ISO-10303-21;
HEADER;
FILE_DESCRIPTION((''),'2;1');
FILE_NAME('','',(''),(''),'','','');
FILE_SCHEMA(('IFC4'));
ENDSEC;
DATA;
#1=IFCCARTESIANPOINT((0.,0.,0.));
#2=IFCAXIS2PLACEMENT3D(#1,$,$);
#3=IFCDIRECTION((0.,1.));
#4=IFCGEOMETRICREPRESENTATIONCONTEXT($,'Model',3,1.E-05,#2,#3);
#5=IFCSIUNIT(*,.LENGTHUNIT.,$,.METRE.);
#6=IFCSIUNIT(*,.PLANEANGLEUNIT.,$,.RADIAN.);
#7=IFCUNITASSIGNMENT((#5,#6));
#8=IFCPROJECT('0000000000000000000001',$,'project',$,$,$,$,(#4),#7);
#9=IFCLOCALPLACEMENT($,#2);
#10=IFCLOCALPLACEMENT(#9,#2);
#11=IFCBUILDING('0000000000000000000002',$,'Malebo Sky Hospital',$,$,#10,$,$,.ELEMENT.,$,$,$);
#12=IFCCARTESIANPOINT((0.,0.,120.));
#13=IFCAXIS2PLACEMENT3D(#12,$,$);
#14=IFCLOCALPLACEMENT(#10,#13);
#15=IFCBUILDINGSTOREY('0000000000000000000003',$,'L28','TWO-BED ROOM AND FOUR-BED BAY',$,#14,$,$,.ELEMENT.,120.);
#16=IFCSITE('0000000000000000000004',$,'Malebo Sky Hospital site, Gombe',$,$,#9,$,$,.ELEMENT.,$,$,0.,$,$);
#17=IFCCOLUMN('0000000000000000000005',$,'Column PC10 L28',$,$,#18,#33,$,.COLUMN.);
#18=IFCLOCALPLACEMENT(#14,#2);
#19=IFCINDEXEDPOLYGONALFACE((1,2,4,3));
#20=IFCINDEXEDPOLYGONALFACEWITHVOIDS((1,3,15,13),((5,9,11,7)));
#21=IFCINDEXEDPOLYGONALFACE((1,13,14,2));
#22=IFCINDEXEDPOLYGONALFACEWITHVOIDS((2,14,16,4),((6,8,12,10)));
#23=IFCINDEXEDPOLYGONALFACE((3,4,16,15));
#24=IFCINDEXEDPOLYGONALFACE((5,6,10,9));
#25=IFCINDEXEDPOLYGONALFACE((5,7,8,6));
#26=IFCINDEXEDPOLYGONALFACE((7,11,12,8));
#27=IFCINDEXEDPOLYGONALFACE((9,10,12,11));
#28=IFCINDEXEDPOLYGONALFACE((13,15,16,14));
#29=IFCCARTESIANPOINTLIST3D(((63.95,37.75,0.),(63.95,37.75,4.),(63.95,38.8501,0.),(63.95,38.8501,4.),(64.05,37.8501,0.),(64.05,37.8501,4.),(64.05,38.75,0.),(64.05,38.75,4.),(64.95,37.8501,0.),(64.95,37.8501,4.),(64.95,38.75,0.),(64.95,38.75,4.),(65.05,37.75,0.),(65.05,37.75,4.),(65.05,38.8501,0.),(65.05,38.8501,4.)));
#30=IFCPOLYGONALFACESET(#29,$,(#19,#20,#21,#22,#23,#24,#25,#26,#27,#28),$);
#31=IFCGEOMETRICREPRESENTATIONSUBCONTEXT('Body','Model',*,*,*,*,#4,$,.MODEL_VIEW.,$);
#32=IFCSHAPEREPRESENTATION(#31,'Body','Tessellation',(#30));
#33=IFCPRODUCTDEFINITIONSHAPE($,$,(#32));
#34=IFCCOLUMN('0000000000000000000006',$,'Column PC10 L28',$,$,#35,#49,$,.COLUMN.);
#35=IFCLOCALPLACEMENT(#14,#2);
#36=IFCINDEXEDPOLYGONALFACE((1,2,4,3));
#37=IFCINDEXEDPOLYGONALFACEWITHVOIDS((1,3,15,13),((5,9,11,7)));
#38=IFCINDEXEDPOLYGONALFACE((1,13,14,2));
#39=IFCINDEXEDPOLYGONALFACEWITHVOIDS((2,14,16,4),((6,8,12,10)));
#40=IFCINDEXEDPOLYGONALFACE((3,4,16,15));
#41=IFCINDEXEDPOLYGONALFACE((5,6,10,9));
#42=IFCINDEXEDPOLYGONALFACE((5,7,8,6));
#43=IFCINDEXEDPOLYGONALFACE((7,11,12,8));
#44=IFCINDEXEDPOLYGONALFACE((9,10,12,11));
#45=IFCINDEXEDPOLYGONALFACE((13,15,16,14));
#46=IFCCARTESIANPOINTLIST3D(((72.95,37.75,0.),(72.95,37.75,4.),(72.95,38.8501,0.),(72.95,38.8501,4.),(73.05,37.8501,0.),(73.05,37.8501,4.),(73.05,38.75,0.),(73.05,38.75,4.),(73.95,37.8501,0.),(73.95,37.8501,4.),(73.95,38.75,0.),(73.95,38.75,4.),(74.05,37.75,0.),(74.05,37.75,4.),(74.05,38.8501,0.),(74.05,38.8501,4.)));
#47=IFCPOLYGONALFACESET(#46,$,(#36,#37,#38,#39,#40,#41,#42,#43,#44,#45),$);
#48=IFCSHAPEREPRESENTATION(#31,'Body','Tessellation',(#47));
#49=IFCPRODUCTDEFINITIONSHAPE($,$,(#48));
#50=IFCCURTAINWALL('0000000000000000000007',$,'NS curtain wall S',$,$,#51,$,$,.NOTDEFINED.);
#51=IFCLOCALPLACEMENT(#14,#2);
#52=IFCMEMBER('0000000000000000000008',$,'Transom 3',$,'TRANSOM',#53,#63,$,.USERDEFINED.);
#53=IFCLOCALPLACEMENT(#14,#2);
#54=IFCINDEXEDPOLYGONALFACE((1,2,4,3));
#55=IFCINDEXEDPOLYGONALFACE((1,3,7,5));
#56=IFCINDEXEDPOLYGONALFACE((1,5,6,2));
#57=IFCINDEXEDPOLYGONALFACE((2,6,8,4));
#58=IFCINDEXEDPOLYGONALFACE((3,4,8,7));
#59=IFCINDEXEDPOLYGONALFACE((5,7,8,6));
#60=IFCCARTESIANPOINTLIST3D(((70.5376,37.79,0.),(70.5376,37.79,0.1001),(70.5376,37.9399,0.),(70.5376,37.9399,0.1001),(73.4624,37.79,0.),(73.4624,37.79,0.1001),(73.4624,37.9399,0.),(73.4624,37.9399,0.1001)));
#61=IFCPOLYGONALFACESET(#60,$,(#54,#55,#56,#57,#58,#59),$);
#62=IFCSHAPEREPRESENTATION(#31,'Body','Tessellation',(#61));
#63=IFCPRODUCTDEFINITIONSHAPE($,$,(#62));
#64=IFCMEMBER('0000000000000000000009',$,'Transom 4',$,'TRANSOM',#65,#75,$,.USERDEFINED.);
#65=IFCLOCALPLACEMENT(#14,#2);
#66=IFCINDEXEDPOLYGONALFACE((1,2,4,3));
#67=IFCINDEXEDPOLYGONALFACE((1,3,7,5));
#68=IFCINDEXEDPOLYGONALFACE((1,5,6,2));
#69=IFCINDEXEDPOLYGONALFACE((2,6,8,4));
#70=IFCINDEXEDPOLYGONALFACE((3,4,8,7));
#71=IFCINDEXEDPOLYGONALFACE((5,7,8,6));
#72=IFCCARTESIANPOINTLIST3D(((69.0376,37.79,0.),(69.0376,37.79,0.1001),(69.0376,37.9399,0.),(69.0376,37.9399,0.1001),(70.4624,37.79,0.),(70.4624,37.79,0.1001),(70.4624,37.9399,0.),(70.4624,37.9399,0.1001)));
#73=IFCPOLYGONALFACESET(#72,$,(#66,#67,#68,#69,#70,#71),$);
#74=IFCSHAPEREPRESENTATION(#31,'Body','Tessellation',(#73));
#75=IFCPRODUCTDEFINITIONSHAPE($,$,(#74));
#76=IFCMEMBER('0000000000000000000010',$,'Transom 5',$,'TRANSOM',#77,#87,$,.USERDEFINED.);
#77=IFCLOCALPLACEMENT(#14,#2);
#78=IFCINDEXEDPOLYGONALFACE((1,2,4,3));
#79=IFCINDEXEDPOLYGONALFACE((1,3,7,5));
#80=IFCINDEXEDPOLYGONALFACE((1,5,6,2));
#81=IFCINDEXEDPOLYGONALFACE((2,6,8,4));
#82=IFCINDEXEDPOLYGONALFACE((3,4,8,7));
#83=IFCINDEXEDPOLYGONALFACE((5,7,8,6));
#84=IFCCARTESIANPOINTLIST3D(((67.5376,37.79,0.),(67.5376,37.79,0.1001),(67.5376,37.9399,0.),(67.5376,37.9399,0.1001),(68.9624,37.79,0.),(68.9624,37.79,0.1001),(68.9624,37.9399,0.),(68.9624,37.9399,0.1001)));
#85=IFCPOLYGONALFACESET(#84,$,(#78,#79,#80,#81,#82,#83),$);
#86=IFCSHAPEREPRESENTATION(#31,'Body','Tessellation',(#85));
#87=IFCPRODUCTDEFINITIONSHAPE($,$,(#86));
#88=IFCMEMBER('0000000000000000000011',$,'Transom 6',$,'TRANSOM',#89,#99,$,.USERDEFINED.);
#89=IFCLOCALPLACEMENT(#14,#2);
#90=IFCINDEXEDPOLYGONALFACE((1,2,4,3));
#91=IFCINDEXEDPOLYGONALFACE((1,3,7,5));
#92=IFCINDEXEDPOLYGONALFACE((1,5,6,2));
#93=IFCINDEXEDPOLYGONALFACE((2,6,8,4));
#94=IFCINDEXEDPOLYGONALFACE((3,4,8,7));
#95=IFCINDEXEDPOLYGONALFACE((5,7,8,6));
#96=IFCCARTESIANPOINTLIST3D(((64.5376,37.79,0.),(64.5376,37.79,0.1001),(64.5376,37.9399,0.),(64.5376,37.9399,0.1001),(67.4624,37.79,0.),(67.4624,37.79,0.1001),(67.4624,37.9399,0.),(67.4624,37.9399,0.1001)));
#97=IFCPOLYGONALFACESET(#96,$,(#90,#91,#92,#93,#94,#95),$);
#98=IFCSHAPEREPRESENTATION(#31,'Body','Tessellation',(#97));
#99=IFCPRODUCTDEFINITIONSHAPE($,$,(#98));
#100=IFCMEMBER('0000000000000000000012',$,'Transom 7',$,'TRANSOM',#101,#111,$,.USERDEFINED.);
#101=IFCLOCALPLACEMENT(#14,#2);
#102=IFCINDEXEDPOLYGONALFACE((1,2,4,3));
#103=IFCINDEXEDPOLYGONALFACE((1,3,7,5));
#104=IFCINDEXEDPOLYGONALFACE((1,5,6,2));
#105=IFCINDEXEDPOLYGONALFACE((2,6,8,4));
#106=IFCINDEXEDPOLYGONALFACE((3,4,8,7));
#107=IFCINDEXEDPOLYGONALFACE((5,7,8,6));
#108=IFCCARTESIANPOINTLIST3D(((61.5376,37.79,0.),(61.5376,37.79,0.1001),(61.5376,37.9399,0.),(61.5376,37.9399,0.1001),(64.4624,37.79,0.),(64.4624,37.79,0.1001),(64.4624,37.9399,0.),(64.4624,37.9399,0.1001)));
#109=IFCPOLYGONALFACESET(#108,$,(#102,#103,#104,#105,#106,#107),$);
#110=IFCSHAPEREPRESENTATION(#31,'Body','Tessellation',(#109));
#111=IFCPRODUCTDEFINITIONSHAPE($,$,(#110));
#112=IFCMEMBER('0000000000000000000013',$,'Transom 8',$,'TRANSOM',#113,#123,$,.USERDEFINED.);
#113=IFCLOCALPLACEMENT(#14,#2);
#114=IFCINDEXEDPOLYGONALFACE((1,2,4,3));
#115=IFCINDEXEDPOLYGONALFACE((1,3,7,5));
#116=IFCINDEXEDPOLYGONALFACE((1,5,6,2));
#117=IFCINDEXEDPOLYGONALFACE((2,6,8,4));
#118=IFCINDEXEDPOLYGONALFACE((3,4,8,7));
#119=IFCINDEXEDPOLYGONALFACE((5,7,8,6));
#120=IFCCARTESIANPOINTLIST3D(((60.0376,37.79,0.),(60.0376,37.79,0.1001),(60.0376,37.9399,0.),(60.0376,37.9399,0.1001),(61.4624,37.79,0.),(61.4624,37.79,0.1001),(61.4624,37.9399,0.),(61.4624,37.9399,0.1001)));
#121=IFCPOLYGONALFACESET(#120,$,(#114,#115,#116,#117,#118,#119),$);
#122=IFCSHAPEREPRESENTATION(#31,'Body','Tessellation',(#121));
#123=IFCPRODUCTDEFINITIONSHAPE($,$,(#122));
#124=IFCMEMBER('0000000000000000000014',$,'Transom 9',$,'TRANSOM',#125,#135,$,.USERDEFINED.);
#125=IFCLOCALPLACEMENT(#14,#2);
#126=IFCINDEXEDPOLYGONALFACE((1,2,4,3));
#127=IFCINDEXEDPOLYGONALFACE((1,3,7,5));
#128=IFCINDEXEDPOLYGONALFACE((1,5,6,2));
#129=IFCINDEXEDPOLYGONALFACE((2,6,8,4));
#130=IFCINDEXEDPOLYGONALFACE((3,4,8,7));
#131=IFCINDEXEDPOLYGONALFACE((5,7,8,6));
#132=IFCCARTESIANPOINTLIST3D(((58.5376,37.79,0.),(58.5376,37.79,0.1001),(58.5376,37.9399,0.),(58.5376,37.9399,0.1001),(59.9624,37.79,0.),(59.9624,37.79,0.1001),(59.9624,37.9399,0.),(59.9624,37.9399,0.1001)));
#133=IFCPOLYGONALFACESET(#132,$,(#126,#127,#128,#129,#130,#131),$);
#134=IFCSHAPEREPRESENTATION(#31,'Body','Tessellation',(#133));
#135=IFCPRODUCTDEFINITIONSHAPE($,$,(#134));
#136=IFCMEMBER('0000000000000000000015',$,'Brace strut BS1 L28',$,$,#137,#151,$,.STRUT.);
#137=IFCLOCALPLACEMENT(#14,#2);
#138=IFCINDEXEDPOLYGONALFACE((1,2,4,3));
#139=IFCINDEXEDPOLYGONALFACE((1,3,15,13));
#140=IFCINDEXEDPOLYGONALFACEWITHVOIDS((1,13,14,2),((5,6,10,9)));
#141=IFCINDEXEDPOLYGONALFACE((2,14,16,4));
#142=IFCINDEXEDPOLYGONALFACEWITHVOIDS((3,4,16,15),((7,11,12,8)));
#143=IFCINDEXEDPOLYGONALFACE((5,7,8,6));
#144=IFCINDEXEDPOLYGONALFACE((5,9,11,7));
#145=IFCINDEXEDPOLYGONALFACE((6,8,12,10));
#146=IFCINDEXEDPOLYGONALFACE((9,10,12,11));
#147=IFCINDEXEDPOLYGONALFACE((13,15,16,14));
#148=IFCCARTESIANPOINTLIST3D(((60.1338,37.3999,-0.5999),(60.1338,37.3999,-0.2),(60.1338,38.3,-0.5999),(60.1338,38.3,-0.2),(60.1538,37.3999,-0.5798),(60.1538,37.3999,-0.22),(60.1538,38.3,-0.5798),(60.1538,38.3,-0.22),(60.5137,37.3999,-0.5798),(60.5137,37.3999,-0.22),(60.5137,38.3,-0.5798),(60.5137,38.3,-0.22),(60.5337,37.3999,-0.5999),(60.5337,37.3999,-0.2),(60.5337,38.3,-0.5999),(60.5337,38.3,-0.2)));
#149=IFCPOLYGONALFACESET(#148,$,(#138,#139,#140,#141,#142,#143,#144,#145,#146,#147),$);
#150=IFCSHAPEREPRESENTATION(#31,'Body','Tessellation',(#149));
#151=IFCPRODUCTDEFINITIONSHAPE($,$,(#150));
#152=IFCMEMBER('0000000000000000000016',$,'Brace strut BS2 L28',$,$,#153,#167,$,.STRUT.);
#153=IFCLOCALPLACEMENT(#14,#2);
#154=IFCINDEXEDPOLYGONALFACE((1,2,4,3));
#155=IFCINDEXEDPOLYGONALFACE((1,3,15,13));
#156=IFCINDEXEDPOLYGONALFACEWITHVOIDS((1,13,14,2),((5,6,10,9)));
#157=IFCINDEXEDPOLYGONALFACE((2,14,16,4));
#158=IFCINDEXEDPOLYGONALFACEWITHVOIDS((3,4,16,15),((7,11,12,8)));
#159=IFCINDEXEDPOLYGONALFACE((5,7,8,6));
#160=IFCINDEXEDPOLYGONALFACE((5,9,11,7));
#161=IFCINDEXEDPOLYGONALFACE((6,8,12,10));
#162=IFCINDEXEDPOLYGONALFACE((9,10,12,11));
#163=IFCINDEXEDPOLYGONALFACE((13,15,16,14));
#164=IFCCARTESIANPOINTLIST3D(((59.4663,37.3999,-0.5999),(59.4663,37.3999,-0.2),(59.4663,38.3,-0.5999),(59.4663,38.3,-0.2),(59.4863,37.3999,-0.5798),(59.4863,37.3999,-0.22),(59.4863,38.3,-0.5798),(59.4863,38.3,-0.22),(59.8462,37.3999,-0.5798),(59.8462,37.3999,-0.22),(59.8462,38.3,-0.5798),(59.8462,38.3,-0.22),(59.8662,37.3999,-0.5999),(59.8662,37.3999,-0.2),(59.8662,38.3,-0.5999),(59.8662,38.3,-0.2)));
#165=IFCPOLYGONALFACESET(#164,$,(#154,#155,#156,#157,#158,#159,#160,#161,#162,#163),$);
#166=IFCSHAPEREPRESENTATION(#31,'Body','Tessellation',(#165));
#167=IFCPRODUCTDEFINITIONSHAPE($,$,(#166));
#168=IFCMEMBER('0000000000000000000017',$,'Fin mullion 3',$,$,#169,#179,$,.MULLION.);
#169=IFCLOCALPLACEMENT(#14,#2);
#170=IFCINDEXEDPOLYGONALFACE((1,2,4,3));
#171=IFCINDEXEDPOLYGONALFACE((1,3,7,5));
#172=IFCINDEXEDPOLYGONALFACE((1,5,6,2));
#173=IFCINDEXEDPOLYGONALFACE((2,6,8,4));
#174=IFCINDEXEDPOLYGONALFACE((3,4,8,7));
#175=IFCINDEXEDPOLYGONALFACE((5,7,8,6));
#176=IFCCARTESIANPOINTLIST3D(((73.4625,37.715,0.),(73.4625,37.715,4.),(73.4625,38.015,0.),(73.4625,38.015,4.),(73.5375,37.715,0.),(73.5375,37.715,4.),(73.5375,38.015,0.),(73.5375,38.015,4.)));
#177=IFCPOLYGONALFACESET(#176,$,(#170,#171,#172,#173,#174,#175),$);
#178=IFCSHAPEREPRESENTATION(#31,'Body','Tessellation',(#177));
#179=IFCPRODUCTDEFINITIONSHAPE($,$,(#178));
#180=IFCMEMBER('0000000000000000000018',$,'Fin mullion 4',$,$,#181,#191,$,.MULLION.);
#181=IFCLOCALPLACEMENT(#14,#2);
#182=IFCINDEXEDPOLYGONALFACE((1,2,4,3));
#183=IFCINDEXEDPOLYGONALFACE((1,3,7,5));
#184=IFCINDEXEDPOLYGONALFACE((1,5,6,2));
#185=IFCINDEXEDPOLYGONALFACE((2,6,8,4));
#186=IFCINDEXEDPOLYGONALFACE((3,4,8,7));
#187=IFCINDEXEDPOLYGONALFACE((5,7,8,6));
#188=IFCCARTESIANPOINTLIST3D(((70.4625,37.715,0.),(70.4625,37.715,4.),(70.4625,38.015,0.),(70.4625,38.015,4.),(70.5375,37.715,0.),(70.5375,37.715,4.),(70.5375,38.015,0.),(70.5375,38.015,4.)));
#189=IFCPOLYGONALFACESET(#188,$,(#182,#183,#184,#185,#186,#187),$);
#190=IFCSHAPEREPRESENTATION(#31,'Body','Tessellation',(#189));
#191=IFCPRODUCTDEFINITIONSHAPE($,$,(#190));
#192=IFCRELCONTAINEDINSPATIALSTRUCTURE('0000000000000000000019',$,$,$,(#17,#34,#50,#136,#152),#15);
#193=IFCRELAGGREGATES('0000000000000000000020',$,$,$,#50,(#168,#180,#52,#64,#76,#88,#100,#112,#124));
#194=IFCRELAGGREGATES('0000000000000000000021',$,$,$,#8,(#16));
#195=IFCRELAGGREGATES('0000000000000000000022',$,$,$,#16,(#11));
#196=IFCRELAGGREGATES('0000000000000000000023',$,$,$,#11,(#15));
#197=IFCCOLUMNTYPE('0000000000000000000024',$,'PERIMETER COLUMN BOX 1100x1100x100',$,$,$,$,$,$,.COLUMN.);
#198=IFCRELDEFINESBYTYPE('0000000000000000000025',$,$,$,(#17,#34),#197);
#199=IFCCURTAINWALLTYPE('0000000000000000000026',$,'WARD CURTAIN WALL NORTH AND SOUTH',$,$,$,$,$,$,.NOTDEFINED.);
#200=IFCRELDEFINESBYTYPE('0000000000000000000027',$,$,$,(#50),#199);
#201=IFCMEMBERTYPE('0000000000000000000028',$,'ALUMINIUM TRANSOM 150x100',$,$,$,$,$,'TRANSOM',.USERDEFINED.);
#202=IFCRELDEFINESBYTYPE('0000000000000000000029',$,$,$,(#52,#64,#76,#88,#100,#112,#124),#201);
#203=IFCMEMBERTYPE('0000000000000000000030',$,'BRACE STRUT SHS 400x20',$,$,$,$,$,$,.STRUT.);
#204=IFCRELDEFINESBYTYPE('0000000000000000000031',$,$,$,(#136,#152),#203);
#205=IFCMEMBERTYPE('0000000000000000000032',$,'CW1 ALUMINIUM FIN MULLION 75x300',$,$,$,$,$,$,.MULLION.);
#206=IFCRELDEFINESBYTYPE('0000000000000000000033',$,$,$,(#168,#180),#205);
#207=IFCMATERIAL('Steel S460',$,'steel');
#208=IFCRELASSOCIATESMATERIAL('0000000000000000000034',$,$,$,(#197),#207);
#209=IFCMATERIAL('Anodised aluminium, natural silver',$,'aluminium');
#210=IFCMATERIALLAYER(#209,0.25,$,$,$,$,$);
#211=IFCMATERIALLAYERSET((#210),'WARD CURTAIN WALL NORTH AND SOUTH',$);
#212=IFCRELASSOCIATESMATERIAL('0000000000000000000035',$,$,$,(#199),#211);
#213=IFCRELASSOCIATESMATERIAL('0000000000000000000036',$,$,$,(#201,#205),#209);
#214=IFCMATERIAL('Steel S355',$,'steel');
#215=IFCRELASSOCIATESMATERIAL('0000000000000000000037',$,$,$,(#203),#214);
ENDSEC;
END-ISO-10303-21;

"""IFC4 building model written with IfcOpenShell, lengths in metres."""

from ifc_helpers import new_model, si_unit, direction, frame, origin, origin_2d, place, context, subcontext, project, spatial, rectangle, hollow_rectangle, extrude, material, layer, layer_set, material_profile, profile_set, type_object, element, aggregate, save


model = new_model("IFC4")

# Units and contexts
model_context = context("Model", 3, precision=1e-05, world=origin(), true_north=direction((0.0, 1.0)))
body_context = subcontext(model_context, "Body", "Model", "MODEL_VIEW")
ifc_project = project(units=[si_unit("LENGTHUNIT", "METRE"), si_unit("PLANEANGLEUNIT", "RADIAN")], contexts=[model_context])

# Site, building, storey
site_placement = place(None, origin())
site = spatial("IfcSite", under=ifc_project, at=site_placement, Name="Malebo Sky Hospital site, Gombe", CompositionType="ELEMENT", RefElevation=0.0)
building_placement = place(site_placement, origin())
building = spatial("IfcBuilding", under=site, at=building_placement, Name="Malebo Sky Hospital", CompositionType="ELEMENT")
storey_placement = place(building_placement, frame((0.0, 0.0, 120.0)))
storey = spatial("IfcBuildingStorey", under=building, at=storey_placement, Name="L28", Description="TWO-BED ROOM AND FOUR-BED BAY", CompositionType="ELEMENT", Elevation=120.0)

# Columns
ifc_material_1 = material(Name="Steel S460", Category="steel")
ifc_material_profile_1 = material_profile(ifc_material_1, hollow_rectangle(XDim=1.1001, YDim=1.1001, WallThickness=0.1001, at=origin_2d()), Name="BOX 1100x1100x100")
ifc_profile_set_1 = profile_set([ifc_material_profile_1], Name="Steel S460")
column_type = type_object("IfcColumnType", Name="PERIMETER COLUMN BOX 1100x1100x100", PredefinedType="COLUMN", material=ifc_profile_set_1)
for number, where, z_axis, x_axis, name in (
    (1, (64.5, 38.3, 0.0), (0.0, 0.0, 1.0), (1.0, 0.0, 0.0), "Column PC10 L28"),
    (2, (73.5, 38.3, 0.0), (0.0, 0.0, 1.0), (1.0, 0.0, 0.0), "Column PC10 L28"),
):
    element("IfcColumn", number, at=place(storey_placement, frame(where, z_axis=z_axis, x_axis=x_axis)), inside=storey, type_object=column_type, Name=name, PredefinedType="COLUMN", context=body_context, shape_type="SweptSolid", body=[
        extrude(hollow_rectangle(XDim=1.1001, YDim=1.1001, WallThickness=0.1001, at=origin_2d()), origin(), (0.0, 0.0, 1.0), 4.0),
    ])

# Curtain wall, members
ifc_material_2 = material(Name="Anodised aluminium, natural silver", Category="aluminium")
ifc_layer_1 = layer(ifc_material_2, 0.25)
ifc_layer_set_1 = layer_set([ifc_layer_1], Name="WARD CURTAIN WALL NORTH AND SOUTH")
curtain_wall_type = type_object("IfcCurtainWallType", Name="WARD CURTAIN WALL NORTH AND SOUTH", PredefinedType="NOTDEFINED", material=ifc_layer_set_1)
curtain_wall_placement = place(storey_placement, origin())
curtain_wall = element("IfcCurtainWall", 3, at=curtain_wall_placement, inside=storey, type_object=curtain_wall_type, Name="NS curtain wall S", PredefinedType="NOTDEFINED")
ifc_material_profile_2 = material_profile(ifc_material_2, rectangle(XDim=0.1499, YDim=0.1001, at=origin_2d()), Name="ALUMINIUM TRANSOM 150x100")
ifc_profile_set_2 = profile_set([ifc_material_profile_2], Name="Anodised aluminium, natural silver")
member_type_1 = type_object("IfcMemberType", Name="ALUMINIUM TRANSOM 150x100", ElementType="TRANSOM", PredefinedType="USERDEFINED", material=ifc_profile_set_2)
member_1_placement = place(storey_placement, frame((73.4624, 37.865, 0.05), z_axis=(-1.0, 0.0, 0.0), x_axis=(0.0, -1.0, 0.0)))
member_1 = element("IfcMember", 4, at=member_1_placement, type_object=member_type_1, Name="Transom 3", ObjectType="TRANSOM", PredefinedType="USERDEFINED", context=body_context, shape_type="SweptSolid", body=[
    extrude(rectangle(XDim=0.1499, YDim=0.1001, at=origin_2d()), origin(), (0.0, 0.0, 1.0), 2.9248),
])
member_2_placement = place(storey_placement, frame((70.4624, 37.865, 0.05), z_axis=(-1.0, 0.0, 0.0), x_axis=(0.0, -1.0, 0.0)))
member_2 = element("IfcMember", 5, at=member_2_placement, type_object=member_type_1, Name="Transom 4", ObjectType="TRANSOM", PredefinedType="USERDEFINED", context=body_context, shape_type="SweptSolid", body=[
    extrude(rectangle(XDim=0.1499, YDim=0.1001, at=origin_2d()), origin(), (0.0, 0.0, 1.0), 1.4248),
])
member_3_placement = place(storey_placement, frame((68.9624, 37.865, 0.05), z_axis=(-1.0, 0.0, 0.0), x_axis=(0.0, -1.0, 0.0)))
member_3 = element("IfcMember", 6, at=member_3_placement, type_object=member_type_1, Name="Transom 5", ObjectType="TRANSOM", PredefinedType="USERDEFINED", context=body_context, shape_type="SweptSolid", body=[
    extrude(rectangle(XDim=0.1499, YDim=0.1001, at=origin_2d()), origin(), (0.0, 0.0, 1.0), 1.4248),
])
member_4_placement = place(storey_placement, frame((67.4624, 37.865, 0.05), z_axis=(-1.0, 0.0, 0.0), x_axis=(0.0, -1.0, 0.0)))
member_4 = element("IfcMember", 7, at=member_4_placement, type_object=member_type_1, Name="Transom 6", ObjectType="TRANSOM", PredefinedType="USERDEFINED", context=body_context, shape_type="SweptSolid", body=[
    extrude(rectangle(XDim=0.1499, YDim=0.1001, at=origin_2d()), origin(), (0.0, 0.0, 1.0), 2.9248),
])
member_5_placement = place(storey_placement, frame((64.4624, 37.865, 0.05), z_axis=(-1.0, 0.0, 0.0), x_axis=(0.0, -1.0, 0.0)))
member_5 = element("IfcMember", 8, at=member_5_placement, type_object=member_type_1, Name="Transom 7", ObjectType="TRANSOM", PredefinedType="USERDEFINED", context=body_context, shape_type="SweptSolid", body=[
    extrude(rectangle(XDim=0.1499, YDim=0.1001, at=origin_2d()), origin(), (0.0, 0.0, 1.0), 2.9248),
])
member_6_placement = place(storey_placement, frame((61.4624, 37.865, 0.05), z_axis=(-1.0, 0.0, 0.0), x_axis=(0.0, -1.0, 0.0)))
member_6 = element("IfcMember", 9, at=member_6_placement, type_object=member_type_1, Name="Transom 8", ObjectType="TRANSOM", PredefinedType="USERDEFINED", context=body_context, shape_type="SweptSolid", body=[
    extrude(rectangle(XDim=0.1499, YDim=0.1001, at=origin_2d()), origin(), (0.0, 0.0, 1.0), 1.4248),
])
member_7_placement = place(storey_placement, frame((59.9624, 37.865, 0.05), z_axis=(-1.0, 0.0, 0.0), x_axis=(0.0, -1.0, 0.0)))
member_7 = element("IfcMember", 10, at=member_7_placement, type_object=member_type_1, Name="Transom 9", ObjectType="TRANSOM", PredefinedType="USERDEFINED", context=body_context, shape_type="SweptSolid", body=[
    extrude(rectangle(XDim=0.1499, YDim=0.1001, at=origin_2d()), origin(), (0.0, 0.0, 1.0), 1.4248),
])

# Members
ifc_material_3 = material(Name="Steel S355", Category="steel")
ifc_material_profile_3 = material_profile(ifc_material_3, hollow_rectangle(XDim=0.3999, YDim=0.3999, WallThickness=0.02, at=origin_2d()), Name="SHS 400x20")
ifc_profile_set_3 = profile_set([ifc_material_profile_3], Name="Steel S355")
member_type_2 = type_object("IfcMemberType", Name="BRACE STRUT SHS 400x20", PredefinedType="STRUT", material=ifc_profile_set_3)
for number, where, z_axis, x_axis, name in (
    (11, (60.3337, 37.3999, -0.3999), (0.0, 1.0, 0.0), (-1.0, 0.0, 0.0), "Brace strut BS1 L28"),
    (12, (59.6663, 37.3999, -0.3999), (0.0, 1.0, 0.0), (-1.0, 0.0, 0.0), "Brace strut BS2 L28"),
):
    element("IfcMember", number, at=place(storey_placement, frame(where, z_axis=z_axis, x_axis=x_axis)), inside=storey, type_object=member_type_2, Name=name, PredefinedType="STRUT", context=body_context, shape_type="SweptSolid", body=[
        extrude(hollow_rectangle(XDim=0.3999, YDim=0.3999, WallThickness=0.02, at=origin_2d()), origin(), (0.0, 0.0, 1.0), 0.9001),
    ])

# Members
ifc_material_profile_4 = material_profile(ifc_material_2, rectangle(XDim=0.075, YDim=0.3, at=origin_2d()), Name="CW1 ALUMINIUM FIN MULLION 75x300")
ifc_profile_set_4 = profile_set([ifc_material_profile_4], Name="Anodised aluminium, natural silver")
member_type_3 = type_object("IfcMemberType", Name="CW1 ALUMINIUM FIN MULLION 75x300", PredefinedType="MULLION", material=ifc_profile_set_4)
member_8_placement = place(storey_placement, frame((73.5, 37.865, 0.0), z_axis=(0.0, 0.0, 1.0), x_axis=(-1.0, 0.0, 0.0)))
member_8 = element("IfcMember", 13, at=member_8_placement, type_object=member_type_3, Name="Fin mullion 3", PredefinedType="MULLION", context=body_context, shape_type="SweptSolid", body=[
    extrude(rectangle(XDim=0.075, YDim=0.3, at=origin_2d()), origin(), (0.0, 0.0, 1.0), 4.0),
])
member_9_placement = place(storey_placement, frame((70.5, 37.865, 0.0), z_axis=(0.0, 0.0, 1.0), x_axis=(-1.0, 0.0, 0.0)))
member_9 = element("IfcMember", 14, at=member_9_placement, type_object=member_type_3, Name="Fin mullion 4", PredefinedType="MULLION", context=body_context, shape_type="SweptSolid", body=[
    extrude(rectangle(XDim=0.075, YDim=0.3, at=origin_2d()), origin(), (0.0, 0.0, 1.0), 4.0),
])

aggregate(curtain_wall, [member_8, member_9, member_1, member_2, member_3, member_4, member_5, member_6, member_7])

save(model, "model.ifc")
